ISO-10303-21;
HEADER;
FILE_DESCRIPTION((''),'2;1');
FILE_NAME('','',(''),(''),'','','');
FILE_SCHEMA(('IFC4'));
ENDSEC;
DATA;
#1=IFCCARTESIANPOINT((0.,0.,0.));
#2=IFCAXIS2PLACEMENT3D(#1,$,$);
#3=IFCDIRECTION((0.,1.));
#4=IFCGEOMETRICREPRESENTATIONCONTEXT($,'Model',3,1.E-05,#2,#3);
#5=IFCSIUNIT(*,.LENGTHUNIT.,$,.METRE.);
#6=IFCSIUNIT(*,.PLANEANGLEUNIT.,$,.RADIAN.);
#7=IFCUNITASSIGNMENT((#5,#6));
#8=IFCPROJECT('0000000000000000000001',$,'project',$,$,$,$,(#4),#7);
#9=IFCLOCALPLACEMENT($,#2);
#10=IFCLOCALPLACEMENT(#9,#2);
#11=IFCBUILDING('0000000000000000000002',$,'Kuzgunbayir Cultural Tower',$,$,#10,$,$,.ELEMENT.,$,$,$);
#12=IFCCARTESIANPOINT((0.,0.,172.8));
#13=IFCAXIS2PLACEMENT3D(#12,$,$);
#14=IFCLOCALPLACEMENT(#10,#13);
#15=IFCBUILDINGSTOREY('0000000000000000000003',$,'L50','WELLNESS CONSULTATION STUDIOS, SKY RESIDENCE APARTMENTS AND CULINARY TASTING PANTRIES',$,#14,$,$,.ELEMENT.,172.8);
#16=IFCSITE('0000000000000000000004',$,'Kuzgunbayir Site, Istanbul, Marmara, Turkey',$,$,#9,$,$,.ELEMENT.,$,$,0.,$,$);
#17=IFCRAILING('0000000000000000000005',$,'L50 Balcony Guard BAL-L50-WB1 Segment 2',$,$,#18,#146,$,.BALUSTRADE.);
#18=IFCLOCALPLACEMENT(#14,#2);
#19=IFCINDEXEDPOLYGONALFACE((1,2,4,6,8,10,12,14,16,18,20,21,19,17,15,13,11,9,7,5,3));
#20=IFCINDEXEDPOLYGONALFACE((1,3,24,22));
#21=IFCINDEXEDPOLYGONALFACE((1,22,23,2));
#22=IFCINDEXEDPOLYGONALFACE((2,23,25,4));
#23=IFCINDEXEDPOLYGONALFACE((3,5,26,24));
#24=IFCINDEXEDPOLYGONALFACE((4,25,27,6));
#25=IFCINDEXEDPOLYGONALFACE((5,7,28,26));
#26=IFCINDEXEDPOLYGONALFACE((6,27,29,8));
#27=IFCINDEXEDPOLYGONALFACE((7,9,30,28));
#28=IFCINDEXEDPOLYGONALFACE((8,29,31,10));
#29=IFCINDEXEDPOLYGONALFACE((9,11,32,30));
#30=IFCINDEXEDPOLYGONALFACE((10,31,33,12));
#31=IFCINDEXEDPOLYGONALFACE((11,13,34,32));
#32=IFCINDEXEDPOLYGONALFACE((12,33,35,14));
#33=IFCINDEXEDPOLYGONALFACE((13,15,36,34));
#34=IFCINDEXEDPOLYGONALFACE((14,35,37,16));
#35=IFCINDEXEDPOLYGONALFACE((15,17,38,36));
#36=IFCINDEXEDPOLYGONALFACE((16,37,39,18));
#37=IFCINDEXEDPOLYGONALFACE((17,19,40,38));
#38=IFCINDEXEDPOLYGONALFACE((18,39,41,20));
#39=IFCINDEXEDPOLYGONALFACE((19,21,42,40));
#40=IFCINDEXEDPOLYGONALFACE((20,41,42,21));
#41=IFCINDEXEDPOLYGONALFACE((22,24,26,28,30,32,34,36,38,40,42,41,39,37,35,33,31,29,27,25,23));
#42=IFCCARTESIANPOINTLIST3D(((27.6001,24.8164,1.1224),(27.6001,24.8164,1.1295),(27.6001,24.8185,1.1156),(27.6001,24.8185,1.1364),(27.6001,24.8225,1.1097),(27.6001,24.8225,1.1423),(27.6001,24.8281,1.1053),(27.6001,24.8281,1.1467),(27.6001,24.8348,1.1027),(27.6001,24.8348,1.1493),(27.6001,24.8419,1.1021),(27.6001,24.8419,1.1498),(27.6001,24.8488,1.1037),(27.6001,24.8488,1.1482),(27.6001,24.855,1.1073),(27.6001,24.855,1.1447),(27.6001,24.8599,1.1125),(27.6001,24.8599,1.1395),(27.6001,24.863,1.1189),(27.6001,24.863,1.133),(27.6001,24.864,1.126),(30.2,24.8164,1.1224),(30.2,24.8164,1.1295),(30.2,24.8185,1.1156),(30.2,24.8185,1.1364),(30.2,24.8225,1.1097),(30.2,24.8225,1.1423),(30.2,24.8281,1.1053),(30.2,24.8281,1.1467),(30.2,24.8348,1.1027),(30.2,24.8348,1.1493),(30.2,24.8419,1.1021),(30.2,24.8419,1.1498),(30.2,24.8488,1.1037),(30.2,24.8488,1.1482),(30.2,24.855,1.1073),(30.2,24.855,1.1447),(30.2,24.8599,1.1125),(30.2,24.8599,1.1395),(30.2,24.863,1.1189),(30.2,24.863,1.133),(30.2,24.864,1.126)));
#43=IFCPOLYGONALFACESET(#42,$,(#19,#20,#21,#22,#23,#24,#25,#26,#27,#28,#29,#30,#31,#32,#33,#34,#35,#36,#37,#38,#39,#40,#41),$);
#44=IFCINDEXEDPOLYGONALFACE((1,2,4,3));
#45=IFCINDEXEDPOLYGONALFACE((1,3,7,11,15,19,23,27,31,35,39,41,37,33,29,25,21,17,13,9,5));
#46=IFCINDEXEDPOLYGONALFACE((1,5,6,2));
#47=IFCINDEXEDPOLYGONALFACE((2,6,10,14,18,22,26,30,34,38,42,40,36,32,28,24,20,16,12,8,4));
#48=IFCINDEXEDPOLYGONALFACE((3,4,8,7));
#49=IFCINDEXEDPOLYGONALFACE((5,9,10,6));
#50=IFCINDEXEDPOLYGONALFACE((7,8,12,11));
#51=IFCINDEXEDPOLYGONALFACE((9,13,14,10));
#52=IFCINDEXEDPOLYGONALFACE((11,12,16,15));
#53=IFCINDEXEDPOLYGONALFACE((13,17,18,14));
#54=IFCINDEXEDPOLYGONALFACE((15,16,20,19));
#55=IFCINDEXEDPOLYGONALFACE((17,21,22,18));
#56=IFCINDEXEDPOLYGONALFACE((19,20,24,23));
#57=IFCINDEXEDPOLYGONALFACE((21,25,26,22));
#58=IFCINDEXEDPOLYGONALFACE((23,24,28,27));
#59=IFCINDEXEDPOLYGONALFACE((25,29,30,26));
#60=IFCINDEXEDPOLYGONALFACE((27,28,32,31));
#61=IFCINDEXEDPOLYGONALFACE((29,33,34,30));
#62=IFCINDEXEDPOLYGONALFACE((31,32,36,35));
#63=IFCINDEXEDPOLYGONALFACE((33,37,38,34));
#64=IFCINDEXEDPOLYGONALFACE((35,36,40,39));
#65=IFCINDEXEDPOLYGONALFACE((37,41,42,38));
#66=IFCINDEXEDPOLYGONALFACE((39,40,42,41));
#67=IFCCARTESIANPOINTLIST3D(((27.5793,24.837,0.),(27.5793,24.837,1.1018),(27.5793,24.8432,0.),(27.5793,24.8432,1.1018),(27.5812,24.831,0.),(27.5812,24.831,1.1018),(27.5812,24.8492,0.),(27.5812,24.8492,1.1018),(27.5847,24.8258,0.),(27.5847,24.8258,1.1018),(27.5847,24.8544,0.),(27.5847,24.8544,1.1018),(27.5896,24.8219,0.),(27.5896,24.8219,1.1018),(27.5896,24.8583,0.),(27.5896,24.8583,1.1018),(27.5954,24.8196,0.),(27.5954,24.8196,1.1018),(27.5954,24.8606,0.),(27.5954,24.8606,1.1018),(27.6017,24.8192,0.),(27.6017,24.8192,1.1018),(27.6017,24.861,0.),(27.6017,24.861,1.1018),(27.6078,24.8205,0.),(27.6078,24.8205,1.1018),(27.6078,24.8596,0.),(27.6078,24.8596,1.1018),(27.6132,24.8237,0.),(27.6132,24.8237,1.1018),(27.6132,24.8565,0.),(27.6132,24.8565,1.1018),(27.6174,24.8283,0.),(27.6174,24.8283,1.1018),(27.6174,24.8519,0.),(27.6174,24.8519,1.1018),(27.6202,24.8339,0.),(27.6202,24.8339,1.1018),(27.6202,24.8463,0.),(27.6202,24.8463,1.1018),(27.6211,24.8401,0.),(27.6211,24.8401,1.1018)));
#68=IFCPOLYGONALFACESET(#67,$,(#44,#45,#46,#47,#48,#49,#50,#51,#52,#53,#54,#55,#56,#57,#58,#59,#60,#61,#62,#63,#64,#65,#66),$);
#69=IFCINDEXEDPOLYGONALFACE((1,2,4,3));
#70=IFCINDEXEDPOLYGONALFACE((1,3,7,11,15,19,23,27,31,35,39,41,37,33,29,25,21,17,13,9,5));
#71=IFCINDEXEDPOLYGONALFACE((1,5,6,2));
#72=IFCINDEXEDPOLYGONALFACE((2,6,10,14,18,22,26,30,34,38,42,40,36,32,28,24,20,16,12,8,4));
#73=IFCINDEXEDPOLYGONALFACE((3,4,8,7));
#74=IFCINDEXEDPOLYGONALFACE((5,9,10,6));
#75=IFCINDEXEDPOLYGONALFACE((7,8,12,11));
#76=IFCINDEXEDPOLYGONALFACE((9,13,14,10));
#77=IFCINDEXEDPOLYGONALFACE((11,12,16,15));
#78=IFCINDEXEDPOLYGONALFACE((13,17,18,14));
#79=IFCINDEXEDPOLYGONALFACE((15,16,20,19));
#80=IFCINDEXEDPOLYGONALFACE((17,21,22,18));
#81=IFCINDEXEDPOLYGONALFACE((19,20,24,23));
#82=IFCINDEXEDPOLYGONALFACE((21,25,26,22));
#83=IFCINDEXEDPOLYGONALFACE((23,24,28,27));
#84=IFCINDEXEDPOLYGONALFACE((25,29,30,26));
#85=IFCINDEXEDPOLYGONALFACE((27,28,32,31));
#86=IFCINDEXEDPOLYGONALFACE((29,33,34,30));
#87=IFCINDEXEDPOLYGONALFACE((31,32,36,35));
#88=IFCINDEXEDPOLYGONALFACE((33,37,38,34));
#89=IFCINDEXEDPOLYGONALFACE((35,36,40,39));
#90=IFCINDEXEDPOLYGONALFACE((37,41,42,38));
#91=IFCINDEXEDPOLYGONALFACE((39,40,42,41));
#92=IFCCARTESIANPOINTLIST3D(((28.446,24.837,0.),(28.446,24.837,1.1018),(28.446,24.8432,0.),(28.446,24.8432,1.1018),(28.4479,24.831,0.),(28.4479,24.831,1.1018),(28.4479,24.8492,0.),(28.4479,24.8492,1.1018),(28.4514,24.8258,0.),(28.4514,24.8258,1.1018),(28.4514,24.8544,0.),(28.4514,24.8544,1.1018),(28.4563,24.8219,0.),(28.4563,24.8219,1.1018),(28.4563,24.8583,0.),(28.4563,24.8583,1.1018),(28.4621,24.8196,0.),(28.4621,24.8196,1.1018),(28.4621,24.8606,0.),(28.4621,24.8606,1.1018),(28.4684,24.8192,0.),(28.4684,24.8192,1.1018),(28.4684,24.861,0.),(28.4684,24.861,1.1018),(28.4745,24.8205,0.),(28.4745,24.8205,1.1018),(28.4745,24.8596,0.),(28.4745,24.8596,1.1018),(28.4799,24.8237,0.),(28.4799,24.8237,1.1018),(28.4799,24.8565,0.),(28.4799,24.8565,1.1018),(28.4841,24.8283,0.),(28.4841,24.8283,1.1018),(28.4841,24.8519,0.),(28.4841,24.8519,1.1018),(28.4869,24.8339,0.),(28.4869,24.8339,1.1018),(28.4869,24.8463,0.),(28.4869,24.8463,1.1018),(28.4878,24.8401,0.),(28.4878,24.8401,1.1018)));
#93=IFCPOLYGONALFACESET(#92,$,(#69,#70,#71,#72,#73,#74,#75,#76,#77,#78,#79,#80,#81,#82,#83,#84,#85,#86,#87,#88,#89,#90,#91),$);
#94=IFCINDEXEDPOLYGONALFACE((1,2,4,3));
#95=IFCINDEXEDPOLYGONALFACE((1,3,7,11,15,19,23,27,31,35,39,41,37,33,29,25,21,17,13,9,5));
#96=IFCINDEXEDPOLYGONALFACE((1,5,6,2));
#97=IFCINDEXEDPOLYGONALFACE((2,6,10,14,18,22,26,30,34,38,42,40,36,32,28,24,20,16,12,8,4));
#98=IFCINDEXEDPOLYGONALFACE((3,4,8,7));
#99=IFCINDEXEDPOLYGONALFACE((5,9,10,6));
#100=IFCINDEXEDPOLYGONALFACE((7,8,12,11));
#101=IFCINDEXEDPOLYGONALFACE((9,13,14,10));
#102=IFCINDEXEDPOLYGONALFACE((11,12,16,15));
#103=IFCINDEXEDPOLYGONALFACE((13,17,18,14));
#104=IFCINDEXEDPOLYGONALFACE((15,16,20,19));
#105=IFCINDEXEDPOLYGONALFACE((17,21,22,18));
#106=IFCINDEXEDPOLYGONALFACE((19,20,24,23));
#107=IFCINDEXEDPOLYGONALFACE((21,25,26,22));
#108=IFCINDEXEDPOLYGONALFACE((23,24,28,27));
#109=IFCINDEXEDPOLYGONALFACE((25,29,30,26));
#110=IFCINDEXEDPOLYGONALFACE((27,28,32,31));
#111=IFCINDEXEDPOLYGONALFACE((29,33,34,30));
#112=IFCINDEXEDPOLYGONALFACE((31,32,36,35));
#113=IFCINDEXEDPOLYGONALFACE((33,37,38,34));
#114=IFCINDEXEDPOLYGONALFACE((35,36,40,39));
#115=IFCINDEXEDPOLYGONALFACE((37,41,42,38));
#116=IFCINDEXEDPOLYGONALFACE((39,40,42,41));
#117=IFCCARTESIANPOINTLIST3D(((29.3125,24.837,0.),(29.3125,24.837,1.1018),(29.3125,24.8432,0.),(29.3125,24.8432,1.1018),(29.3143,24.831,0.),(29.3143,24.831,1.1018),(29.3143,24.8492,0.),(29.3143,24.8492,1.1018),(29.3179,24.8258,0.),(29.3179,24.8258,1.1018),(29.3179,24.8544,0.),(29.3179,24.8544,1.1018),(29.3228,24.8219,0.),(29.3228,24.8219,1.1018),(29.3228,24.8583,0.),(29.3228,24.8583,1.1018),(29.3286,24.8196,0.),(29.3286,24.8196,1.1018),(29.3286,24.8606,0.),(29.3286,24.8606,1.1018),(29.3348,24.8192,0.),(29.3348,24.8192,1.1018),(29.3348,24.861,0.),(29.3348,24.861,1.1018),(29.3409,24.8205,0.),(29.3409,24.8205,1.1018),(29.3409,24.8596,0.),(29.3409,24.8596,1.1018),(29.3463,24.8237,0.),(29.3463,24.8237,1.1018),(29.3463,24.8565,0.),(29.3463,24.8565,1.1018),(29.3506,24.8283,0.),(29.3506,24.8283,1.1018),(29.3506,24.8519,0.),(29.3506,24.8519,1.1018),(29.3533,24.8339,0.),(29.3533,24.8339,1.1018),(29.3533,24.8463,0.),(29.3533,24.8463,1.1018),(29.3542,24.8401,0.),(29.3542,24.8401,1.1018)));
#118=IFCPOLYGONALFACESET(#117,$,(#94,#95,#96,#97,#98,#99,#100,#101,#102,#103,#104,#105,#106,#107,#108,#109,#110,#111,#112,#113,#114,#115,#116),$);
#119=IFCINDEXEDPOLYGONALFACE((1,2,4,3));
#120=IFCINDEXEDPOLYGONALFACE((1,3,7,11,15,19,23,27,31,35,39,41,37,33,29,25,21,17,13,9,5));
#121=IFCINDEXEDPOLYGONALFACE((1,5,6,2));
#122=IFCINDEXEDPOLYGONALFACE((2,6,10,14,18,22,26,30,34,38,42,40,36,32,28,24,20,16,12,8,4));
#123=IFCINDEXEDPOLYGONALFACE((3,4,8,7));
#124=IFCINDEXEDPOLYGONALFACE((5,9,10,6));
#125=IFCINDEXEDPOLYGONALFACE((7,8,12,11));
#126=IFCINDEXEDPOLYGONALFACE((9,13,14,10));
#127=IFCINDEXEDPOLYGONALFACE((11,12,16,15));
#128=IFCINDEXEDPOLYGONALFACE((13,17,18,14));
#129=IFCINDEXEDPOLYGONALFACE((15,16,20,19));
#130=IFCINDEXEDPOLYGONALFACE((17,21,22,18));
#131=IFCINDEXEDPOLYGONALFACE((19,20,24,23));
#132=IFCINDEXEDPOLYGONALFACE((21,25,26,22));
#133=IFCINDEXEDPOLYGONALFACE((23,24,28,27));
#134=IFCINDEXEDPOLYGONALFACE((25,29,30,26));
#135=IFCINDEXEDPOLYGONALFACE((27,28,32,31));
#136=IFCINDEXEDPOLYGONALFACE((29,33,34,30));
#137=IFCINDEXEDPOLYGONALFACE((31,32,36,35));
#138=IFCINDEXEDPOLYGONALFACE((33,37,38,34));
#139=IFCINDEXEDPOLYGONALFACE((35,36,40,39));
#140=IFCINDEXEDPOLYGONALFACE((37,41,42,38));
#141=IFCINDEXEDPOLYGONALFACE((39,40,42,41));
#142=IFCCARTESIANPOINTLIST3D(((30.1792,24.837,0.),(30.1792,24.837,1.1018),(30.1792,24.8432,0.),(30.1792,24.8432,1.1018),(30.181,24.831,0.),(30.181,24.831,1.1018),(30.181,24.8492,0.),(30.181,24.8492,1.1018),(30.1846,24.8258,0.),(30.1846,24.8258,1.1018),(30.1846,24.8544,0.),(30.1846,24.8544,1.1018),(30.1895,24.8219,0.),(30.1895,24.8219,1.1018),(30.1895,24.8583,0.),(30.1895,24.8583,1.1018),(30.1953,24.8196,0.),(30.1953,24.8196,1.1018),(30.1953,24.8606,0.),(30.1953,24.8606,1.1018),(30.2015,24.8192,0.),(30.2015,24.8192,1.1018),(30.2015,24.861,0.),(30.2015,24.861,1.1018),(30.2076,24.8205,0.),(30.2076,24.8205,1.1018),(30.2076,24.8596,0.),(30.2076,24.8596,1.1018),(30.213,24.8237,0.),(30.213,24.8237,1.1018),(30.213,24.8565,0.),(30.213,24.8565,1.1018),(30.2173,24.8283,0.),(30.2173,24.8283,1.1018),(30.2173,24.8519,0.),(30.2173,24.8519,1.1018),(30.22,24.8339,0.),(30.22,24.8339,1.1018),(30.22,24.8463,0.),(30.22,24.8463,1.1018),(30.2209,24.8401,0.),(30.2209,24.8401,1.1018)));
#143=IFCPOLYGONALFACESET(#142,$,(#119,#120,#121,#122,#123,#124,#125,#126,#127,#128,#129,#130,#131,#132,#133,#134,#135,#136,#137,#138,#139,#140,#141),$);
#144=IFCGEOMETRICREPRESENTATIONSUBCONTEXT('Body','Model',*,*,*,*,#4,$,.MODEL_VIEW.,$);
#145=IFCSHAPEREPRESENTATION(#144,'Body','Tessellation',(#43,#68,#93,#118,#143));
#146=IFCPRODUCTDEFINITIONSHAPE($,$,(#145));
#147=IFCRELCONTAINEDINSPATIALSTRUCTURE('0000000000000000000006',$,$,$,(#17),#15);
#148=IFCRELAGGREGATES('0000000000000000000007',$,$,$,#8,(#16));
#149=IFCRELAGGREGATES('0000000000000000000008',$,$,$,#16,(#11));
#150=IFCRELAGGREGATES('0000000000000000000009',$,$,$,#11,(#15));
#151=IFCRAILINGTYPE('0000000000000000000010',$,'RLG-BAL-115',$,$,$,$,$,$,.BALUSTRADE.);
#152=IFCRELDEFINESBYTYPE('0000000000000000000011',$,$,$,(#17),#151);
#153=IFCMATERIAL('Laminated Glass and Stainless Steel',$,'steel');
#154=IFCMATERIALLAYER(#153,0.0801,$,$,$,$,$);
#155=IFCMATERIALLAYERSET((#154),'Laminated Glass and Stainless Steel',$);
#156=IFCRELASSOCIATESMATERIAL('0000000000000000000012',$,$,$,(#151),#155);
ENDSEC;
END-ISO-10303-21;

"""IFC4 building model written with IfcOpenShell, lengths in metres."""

from ifc_helpers import new_model, si_unit, direction, frame, origin, origin_2d, place, context, subcontext, project, spatial, circle, extrude, material, layer, layer_set, type_object, element, save


model = new_model("IFC4")

# Units and contexts
model_context = context("Model", 3, precision=1e-05, world=origin(), true_north=direction((0.0, 1.0)))
body_context = subcontext(model_context, "Body", "Model", "MODEL_VIEW")
ifc_project = project(units=[si_unit("LENGTHUNIT", "METRE"), si_unit("PLANEANGLEUNIT", "RADIAN")], contexts=[model_context])

# Site, building, storey
site_placement = place(None, origin())
site = spatial("IfcSite", under=ifc_project, at=site_placement, Name="Kuzgunbayir Site, Istanbul, Marmara, Turkey", CompositionType="ELEMENT", RefElevation=0.0)
building_placement = place(site_placement, origin())
building = spatial("IfcBuilding", under=site, at=building_placement, Name="Kuzgunbayir Cultural Tower", CompositionType="ELEMENT")
storey_placement = place(building_placement, frame((0.0, 0.0, 172.8)))
storey = spatial("IfcBuildingStorey", under=building, at=storey_placement, Name="L50", Description="WELLNESS CONSULTATION STUDIOS, SKY RESIDENCE APARTMENTS AND CULINARY TASTING PANTRIES", CompositionType="ELEMENT", Elevation=172.8)

# Railing
ifc_material_1 = material(Name="Laminated Glass and Stainless Steel", Category="steel")
ifc_layer_1 = layer(ifc_material_1, 0.0801)
ifc_layer_set_1 = layer_set([ifc_layer_1], Name="Laminated Glass and Stainless Steel")
railing_type = type_object("IfcRailingType", Name="RLG-BAL-115", PredefinedType="BALUSTRADE", material=ifc_layer_set_1)
railing_1_placement = place(storey_placement, frame((27.6001, 24.8401, 0.0)))
element("IfcRailing", 1, at=railing_1_placement, inside=storey, type_object=railing_type, Name="L50 Balcony Guard BAL-L50-WB1 Segment 2", PredefinedType="BALUSTRADE", context=body_context, shape_type="SweptSolid", body=[
    extrude(circle(Radius=0.0239, at=origin_2d()), frame((0.0, 0.0, 1.126), z_axis=(1.0, 0.0, 0.0), x_axis=(0.0, 1.0, 0.0)), (0.0, 0.0, 1.0), 2.5999),
    extrude(circle(Radius=0.021, at=origin_2d()), origin(), (0.0, 0.0, 1.0), 1.1018),
    extrude(circle(Radius=0.021, at=origin_2d()), frame((0.8667, 0.0, 0.0)), (0.0, 0.0, 1.0), 1.1018),
    extrude(circle(Radius=0.021, at=origin_2d()), frame((1.7332, 0.0, 0.0)), (0.0, 0.0, 1.0), 1.1018),
    extrude(circle(Radius=0.021, at=origin_2d()), frame((2.5999, 0.0, 0.0)), (0.0, 0.0, 1.0), 1.1018),
])

save(model, "model.ifc")
